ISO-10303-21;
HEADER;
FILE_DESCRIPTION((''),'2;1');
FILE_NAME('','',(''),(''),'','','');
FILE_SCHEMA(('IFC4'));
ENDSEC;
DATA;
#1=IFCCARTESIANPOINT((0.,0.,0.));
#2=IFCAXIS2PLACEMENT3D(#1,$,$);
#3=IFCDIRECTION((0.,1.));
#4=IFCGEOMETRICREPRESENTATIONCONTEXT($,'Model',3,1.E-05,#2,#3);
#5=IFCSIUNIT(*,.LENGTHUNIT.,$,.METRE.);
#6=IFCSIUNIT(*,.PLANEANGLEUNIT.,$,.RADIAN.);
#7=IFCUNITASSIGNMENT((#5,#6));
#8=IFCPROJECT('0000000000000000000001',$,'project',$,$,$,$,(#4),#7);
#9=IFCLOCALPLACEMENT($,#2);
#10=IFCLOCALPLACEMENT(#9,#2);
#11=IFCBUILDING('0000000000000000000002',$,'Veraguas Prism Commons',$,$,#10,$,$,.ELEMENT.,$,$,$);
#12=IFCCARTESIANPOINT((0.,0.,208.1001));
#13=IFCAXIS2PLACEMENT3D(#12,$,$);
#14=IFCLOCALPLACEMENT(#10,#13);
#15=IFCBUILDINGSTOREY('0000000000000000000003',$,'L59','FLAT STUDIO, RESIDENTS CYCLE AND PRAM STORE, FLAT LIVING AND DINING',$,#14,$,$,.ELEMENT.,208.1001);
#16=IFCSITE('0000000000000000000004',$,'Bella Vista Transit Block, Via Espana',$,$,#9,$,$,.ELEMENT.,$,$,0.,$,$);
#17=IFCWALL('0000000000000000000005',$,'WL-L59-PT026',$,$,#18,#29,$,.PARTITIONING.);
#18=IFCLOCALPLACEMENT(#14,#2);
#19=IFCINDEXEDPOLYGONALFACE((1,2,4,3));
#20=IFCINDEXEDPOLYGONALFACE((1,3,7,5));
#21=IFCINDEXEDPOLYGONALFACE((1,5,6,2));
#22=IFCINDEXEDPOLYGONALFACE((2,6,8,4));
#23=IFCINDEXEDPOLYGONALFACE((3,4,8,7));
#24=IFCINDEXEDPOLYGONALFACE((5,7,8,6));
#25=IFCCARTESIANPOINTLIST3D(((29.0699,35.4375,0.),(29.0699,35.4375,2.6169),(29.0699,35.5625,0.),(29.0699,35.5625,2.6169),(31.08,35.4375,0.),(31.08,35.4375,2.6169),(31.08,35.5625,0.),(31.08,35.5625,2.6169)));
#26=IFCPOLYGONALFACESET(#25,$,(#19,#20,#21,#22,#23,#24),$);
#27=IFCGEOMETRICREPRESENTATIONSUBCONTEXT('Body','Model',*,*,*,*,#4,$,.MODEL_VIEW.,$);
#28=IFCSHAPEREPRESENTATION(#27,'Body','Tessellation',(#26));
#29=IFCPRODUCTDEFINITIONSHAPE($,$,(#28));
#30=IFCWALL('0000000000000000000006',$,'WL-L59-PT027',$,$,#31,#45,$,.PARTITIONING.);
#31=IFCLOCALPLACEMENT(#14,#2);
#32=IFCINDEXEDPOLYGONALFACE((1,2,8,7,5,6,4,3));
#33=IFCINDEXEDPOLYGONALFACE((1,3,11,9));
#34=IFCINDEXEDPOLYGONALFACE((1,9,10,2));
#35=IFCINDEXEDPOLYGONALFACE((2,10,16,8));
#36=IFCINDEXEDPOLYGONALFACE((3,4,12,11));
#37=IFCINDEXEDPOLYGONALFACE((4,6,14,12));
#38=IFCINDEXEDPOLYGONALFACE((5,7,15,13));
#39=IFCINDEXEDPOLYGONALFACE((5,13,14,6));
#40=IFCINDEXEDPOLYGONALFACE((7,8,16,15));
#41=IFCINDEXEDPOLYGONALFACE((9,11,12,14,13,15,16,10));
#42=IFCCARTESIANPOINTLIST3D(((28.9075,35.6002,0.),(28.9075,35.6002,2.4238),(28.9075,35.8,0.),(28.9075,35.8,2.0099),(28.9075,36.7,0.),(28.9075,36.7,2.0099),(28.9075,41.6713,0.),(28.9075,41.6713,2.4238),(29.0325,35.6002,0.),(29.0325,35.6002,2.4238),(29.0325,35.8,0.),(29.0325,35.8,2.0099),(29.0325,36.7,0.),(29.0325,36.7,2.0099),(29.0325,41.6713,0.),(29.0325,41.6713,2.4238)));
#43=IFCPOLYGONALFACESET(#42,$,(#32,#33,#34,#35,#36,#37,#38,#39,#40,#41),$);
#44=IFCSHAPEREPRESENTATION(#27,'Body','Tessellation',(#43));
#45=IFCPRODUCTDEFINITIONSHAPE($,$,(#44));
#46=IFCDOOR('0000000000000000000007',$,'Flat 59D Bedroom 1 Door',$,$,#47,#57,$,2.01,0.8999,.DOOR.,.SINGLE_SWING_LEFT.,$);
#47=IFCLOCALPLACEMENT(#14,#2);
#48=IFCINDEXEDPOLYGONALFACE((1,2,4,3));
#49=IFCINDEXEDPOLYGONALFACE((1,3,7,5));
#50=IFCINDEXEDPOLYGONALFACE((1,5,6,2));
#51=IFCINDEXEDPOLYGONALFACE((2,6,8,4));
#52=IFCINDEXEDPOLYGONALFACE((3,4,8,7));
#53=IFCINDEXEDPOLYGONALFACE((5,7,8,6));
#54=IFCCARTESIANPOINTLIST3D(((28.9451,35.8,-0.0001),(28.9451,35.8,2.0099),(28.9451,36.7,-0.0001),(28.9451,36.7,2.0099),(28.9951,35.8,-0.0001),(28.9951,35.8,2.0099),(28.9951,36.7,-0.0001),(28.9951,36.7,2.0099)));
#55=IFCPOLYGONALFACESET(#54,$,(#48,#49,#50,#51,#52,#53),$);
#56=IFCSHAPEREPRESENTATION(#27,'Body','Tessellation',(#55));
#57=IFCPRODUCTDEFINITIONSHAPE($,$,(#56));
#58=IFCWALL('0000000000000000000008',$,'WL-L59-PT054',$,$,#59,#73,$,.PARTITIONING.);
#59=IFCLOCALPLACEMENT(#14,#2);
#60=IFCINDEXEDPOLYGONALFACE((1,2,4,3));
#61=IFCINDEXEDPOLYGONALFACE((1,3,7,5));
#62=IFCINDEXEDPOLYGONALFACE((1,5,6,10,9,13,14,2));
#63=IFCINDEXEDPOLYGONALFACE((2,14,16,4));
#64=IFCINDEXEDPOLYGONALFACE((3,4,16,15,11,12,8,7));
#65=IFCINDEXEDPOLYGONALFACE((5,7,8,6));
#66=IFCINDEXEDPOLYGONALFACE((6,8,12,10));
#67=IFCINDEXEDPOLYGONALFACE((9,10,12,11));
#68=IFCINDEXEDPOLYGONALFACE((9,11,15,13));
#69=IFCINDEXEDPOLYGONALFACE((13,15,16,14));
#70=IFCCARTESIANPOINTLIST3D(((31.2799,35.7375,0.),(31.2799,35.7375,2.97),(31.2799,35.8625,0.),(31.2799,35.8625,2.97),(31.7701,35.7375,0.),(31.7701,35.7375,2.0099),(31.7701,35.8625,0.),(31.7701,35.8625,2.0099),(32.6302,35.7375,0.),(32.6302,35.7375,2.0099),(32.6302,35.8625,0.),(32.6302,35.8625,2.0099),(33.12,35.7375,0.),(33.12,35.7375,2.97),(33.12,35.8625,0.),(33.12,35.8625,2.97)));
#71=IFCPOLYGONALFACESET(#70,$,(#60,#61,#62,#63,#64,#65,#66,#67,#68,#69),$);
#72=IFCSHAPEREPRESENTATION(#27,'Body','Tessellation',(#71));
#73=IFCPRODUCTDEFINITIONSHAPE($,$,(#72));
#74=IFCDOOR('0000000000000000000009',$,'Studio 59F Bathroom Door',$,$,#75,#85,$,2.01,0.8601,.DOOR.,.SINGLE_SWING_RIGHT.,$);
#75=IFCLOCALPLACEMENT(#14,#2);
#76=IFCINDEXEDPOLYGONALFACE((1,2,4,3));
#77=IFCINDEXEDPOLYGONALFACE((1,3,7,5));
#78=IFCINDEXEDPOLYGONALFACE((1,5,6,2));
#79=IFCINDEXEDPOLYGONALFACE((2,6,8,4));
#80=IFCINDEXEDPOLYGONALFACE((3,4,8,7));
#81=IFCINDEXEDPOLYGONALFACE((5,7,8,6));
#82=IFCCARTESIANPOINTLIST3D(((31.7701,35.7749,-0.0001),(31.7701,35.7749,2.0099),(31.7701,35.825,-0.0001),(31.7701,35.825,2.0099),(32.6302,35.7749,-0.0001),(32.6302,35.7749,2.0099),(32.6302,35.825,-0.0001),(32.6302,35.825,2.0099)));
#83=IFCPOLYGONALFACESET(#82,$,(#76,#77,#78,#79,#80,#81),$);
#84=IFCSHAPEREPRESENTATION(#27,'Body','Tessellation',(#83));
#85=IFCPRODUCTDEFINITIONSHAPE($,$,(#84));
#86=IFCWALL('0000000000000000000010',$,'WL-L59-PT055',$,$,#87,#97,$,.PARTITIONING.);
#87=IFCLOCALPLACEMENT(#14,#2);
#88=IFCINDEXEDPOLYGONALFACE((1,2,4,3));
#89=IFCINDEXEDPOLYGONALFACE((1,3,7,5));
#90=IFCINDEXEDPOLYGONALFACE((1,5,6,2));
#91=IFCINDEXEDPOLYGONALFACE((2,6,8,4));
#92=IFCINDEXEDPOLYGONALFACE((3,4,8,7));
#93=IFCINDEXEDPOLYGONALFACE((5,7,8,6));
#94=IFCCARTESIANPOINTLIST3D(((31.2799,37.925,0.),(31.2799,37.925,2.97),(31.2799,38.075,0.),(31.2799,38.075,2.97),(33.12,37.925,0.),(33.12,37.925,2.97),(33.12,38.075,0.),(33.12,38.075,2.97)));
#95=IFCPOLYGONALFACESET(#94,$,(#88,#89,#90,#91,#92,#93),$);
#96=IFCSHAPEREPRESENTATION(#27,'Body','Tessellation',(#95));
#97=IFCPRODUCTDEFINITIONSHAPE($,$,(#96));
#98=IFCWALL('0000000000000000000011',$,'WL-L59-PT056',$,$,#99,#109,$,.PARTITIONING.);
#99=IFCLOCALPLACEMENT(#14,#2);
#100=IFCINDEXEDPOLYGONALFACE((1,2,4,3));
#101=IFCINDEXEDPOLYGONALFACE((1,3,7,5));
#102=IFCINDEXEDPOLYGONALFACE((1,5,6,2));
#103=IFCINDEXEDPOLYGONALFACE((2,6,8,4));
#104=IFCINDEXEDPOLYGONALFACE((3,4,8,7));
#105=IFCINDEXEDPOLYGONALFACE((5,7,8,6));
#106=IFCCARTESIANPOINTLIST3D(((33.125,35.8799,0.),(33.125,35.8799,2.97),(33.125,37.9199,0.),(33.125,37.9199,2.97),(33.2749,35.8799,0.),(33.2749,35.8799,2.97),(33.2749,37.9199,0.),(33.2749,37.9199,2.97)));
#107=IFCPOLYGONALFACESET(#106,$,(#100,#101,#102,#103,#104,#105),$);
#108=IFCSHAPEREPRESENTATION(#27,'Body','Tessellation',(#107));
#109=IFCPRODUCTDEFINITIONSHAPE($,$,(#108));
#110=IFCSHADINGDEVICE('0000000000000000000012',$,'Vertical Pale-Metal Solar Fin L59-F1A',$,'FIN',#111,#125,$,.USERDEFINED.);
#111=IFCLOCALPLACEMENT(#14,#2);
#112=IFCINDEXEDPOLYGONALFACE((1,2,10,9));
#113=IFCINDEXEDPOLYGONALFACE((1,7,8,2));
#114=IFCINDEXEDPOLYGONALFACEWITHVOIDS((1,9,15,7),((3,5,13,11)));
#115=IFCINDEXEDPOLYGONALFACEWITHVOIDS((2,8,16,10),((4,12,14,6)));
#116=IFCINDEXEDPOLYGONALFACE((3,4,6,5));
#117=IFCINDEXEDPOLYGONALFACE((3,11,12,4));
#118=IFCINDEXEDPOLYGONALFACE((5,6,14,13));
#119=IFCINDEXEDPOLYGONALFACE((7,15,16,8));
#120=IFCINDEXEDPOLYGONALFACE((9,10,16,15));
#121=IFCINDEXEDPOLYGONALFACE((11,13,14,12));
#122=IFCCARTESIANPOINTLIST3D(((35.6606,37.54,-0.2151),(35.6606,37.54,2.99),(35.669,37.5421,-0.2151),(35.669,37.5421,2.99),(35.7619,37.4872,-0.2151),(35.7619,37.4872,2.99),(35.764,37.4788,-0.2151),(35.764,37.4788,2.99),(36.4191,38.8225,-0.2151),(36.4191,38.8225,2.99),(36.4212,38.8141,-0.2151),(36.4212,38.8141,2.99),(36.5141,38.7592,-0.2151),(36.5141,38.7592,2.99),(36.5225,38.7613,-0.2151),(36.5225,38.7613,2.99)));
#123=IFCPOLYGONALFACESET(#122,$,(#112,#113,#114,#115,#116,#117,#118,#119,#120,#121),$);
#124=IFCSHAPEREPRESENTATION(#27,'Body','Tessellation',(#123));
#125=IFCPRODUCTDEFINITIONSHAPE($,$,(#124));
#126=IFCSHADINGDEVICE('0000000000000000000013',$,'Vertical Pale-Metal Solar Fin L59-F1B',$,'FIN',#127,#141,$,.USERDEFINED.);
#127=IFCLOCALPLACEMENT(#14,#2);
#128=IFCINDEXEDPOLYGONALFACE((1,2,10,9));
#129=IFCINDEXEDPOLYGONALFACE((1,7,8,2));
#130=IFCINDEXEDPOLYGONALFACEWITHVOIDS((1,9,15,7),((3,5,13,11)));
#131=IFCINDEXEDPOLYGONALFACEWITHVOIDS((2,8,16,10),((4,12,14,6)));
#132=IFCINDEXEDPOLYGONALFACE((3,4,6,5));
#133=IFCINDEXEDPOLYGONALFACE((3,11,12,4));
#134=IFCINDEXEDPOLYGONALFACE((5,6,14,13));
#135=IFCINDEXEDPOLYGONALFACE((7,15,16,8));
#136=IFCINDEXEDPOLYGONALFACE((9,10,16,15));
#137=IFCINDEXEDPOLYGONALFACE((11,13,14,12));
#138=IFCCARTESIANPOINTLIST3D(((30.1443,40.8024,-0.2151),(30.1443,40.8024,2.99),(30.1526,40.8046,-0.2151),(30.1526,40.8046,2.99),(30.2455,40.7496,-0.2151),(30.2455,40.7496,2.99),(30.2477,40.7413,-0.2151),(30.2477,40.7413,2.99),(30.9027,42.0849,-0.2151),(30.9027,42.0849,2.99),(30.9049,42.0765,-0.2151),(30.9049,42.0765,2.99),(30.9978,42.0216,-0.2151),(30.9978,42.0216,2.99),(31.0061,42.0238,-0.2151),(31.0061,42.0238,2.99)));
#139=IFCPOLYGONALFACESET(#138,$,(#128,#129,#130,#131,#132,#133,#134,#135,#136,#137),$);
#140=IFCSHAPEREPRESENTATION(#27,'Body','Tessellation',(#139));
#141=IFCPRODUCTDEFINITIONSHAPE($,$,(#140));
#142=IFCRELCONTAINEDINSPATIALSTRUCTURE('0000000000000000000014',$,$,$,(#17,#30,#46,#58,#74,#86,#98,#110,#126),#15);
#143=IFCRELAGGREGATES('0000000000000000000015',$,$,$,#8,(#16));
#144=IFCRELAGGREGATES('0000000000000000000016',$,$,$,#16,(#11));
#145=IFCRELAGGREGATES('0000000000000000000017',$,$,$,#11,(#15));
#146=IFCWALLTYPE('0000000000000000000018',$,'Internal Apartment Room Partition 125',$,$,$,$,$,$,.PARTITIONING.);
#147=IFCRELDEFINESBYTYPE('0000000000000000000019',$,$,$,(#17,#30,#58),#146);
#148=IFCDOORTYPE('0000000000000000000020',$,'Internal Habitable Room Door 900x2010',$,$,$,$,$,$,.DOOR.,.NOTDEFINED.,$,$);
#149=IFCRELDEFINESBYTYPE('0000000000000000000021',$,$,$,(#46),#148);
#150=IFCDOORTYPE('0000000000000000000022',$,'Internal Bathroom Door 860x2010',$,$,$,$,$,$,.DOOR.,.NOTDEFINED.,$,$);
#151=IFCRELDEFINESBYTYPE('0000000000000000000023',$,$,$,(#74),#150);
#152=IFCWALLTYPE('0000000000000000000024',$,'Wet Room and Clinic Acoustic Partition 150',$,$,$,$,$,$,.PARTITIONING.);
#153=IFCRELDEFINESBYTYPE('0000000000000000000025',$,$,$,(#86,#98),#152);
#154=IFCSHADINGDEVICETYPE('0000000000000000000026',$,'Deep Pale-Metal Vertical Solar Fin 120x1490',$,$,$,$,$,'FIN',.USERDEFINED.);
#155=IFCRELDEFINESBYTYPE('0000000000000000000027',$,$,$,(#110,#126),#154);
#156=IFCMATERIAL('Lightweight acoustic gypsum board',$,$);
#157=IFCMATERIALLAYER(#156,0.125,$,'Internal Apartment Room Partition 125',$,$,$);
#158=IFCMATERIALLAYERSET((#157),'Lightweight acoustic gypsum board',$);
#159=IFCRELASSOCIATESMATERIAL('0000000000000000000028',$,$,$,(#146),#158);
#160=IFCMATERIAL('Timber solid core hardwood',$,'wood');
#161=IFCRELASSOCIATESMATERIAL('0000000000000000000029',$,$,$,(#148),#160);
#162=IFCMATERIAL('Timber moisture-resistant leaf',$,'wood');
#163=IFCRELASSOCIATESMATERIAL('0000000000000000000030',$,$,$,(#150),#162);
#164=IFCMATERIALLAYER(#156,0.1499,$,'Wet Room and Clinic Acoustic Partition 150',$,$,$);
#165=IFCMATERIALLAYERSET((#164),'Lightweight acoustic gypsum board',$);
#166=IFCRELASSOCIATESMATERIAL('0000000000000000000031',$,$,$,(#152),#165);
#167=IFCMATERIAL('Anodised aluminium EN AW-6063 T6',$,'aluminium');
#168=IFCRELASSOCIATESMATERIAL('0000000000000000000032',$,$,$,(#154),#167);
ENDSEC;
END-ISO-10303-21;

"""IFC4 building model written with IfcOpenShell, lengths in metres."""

from ifc_helpers import new_model, si_unit, direction, frame, frame_2d, origin, origin_2d, place, context, subcontext, project, spatial, rectangle, hollow_rectangle, extrude, source, transform, mapped, material, layer, layer_set, material_profile, profile_set, type_object, element, fill, save


model = new_model("IFC4")

# Units and contexts
model_context = context("Model", 3, precision=1e-05, world=origin(), true_north=direction((0.0, 1.0)))
body_context = subcontext(model_context, "Body", "Model", "MODEL_VIEW")
ifc_project = project(units=[si_unit("LENGTHUNIT", "METRE"), si_unit("PLANEANGLEUNIT", "RADIAN")], contexts=[model_context])

# Site, building, storey
site_placement = place(None, origin())
site = spatial("IfcSite", under=ifc_project, at=site_placement, Name="Bella Vista Transit Block, Via Espana", CompositionType="ELEMENT", RefElevation=0.0)
building_placement = place(site_placement, origin())
building = spatial("IfcBuilding", under=site, at=building_placement, Name="Veraguas Prism Commons", CompositionType="ELEMENT")
storey_placement = place(building_placement, frame((0.0, 0.0, 208.1001)))
storey = spatial("IfcBuildingStorey", under=building, at=storey_placement, Name="L59", Description="FLAT STUDIO, RESIDENTS CYCLE AND PRAM STORE, FLAT LIVING AND DINING", CompositionType="ELEMENT", Elevation=208.1001)

# Shared definitions
ifc_material_1 = material(Name="Anodised aluminium EN AW-6063 T6", Category="aluminium")

# Wall
ifc_material_2 = material(Name="Lightweight acoustic gypsum board")
ifc_layer_1 = layer(ifc_material_2, 0.125, Name="Internal Apartment Room Partition 125")
ifc_layer_set_1 = layer_set([ifc_layer_1], Name="Lightweight acoustic gypsum board")
wall_type_1 = type_object("IfcWallType", Name="Internal Apartment Room Partition 125", PredefinedType="PARTITIONING", material=ifc_layer_set_1)
wall_1_placement = place(storey_placement, frame((29.0701, 35.5, 0.0), z_axis=(0.0, 0.0, 1.0), x_axis=(1.0, 0.0, 0.0)))
element("IfcWall", 1, at=wall_1_placement, inside=storey, type_object=wall_type_1, Name="WL-L59-PT026", PredefinedType="PARTITIONING", context=body_context, shape_type="SweptSolid", body=[
    extrude(rectangle(XDim=2.01, YDim=0.125, at=frame_2d((1.0049, 0.0))), origin(), (0.0, 0.0, 1.0), 2.6169),
])

# Walls, openings, doors
wall_2_placement = place(storey_placement, frame((28.97, 35.6001, 0.0), z_axis=(0.0, 0.0, 1.0), x_axis=(0.0, 1.0, 0.0)))
wall_2 = element("IfcWall", 2, at=wall_2_placement, inside=storey, type_object=wall_type_1, Name="WL-L59-PT027", PredefinedType="PARTITIONING", context=body_context, shape_type="SweptSolid", body=[
    extrude(rectangle(XDim=6.071, YDim=0.125, at=frame_2d((3.0356, 0.0))), origin(), (0.0, 0.0, 1.0), 2.4238),
])
opening_1_placement = place(wall_2_placement, frame((0.2, 0.0, 0.0)))
opening_1 = element("IfcOpeningElement", 3, at=opening_1_placement, cuts=wall_2, PredefinedType="OPENING", context=body_context, shape_type="SweptSolid", body=[
    extrude(rectangle(XDim=0.8999, YDim=2.01, at=frame_2d((0.45, 1.0049))), frame((0.0, 0.0725, 0.0), z_axis=(0.0, -1.0, 0.0), x_axis=(1.0, 0.0, 0.0)), (0.0, 0.0, 1.0), 0.145),
])
ifc_material_3 = material(Name="Timber solid core hardwood", Category="wood")
door_type_1 = type_object("IfcDoorType", Name="Internal Habitable Room Door 900x2010", OperationType="NOTDEFINED", PredefinedType="DOOR", material=ifc_material_3)
shared_shape_1 = source(origin(), body_context, "Body", "SweptSolid", [
    extrude(rectangle(XDim=0.8999, YDim=2.01, at=frame_2d((0.45, 1.0049))), frame((0.0, 0.0249, 0.0), z_axis=(0.0, -1.0, 0.0), x_axis=(1.0, 0.0, 0.0)), (0.0, 0.0, 1.0), 0.05),
])
door_1_placement = place(opening_1_placement, origin())
door_1 = element("IfcDoor", 4, at=door_1_placement, inside=storey, type_object=door_type_1, Name="Flat 59D Bedroom 1 Door", OperationType="SINGLE_SWING_LEFT", OverallHeight=2.01, OverallWidth=0.8999, PredefinedType="DOOR", context=body_context, shape_type="MappedRepresentation", body=[
    mapped(shared_shape_1, transform((0.0, 0.0, 0.0), scale=1.0)),
])
fill(opening_1, door_1)
wall_3_placement = place(storey_placement, frame((31.28, 35.8, 0.0), z_axis=(0.0, 0.0, 1.0), x_axis=(1.0, 0.0, 0.0)))
wall_3 = element("IfcWall", 5, at=wall_3_placement, inside=storey, type_object=wall_type_1, Name="WL-L59-PT054", PredefinedType="PARTITIONING", context=body_context, shape_type="SweptSolid", body=[
    extrude(rectangle(XDim=1.8401, YDim=0.125, at=frame_2d((0.9199, 0.0))), origin(), (0.0, 0.0, 1.0), 2.97),
])
opening_2_placement = place(wall_3_placement, frame((0.49, 0.0, 0.0)))
opening_2 = element("IfcOpeningElement", 6, at=opening_2_placement, cuts=wall_3, PredefinedType="OPENING", context=body_context, shape_type="SweptSolid", body=[
    extrude(rectangle(XDim=0.8601, YDim=2.01, at=frame_2d((0.4302, 1.0049))), frame((0.0, 0.0725, 0.0), z_axis=(0.0, -1.0, 0.0), x_axis=(1.0, 0.0, 0.0)), (0.0, 0.0, 1.0), 0.145),
])
ifc_material_4 = material(Name="Timber moisture-resistant leaf", Category="wood")
door_type_2 = type_object("IfcDoorType", Name="Internal Bathroom Door 860x2010", OperationType="NOTDEFINED", PredefinedType="DOOR", material=ifc_material_4)
shared_shape_2 = source(origin(), body_context, "Body", "SweptSolid", [
    extrude(rectangle(XDim=0.8601, YDim=2.01, at=frame_2d((0.4302, 1.0049))), frame((0.0, 0.0249, 0.0), z_axis=(0.0, -1.0, 0.0), x_axis=(1.0, 0.0, 0.0)), (0.0, 0.0, 1.0), 0.05),
])
door_2_placement = place(opening_2_placement, origin())
door_2 = element("IfcDoor", 7, at=door_2_placement, inside=storey, type_object=door_type_2, Name="Studio 59F Bathroom Door", OperationType="SINGLE_SWING_RIGHT", OverallHeight=2.01, OverallWidth=0.8601, PredefinedType="DOOR", context=body_context, shape_type="MappedRepresentation", body=[
    mapped(shared_shape_2, transform((0.0, 0.0, 0.0), scale=1.0)),
])
fill(opening_2, door_2)

# Walls
ifc_layer_2 = layer(ifc_material_2, 0.1499, Name="Wet Room and Clinic Acoustic Partition 150")
ifc_layer_set_2 = layer_set([ifc_layer_2], Name="Lightweight acoustic gypsum board")
wall_type_2 = type_object("IfcWallType", Name="Wet Room and Clinic Acoustic Partition 150", PredefinedType="PARTITIONING", material=ifc_layer_set_2)
wall_4_placement = place(storey_placement, frame((31.28, 38.0, 0.0), z_axis=(0.0, 0.0, 1.0), x_axis=(1.0, 0.0, 0.0)))
element("IfcWall", 8, at=wall_4_placement, inside=storey, type_object=wall_type_2, Name="WL-L59-PT055", PredefinedType="PARTITIONING", context=body_context, shape_type="SweptSolid", body=[
    extrude(rectangle(XDim=1.8401, YDim=0.1499, at=frame_2d((0.9199, 0.0))), origin(), (0.0, 0.0, 1.0), 2.97),
])
wall_5_placement = place(storey_placement, frame((33.2, 35.8799, 0.0), z_axis=(0.0, 0.0, 1.0), x_axis=(0.0, 1.0, 0.0)))
element("IfcWall", 9, at=wall_5_placement, inside=storey, type_object=wall_type_2, Name="WL-L59-PT056", PredefinedType="PARTITIONING", context=body_context, shape_type="SweptSolid", body=[
    extrude(rectangle(XDim=2.04, YDim=0.1499, at=frame_2d((1.02, 0.0))), origin(), (0.0, 0.0, 1.0), 2.97),
])

# Shading devices
ifc_material_profile_1 = material_profile(ifc_material_1, hollow_rectangle(XDim=0.1201, YDim=1.49, WallThickness=0.0061, at=origin_2d()), Name="FIN120X1490X6")
ifc_profile_set_1 = profile_set([ifc_material_profile_1], Name="Anodised aluminium EN AW-6063 T6")
shading_device_type = type_object("IfcShadingDeviceType", Name="Deep Pale-Metal Vertical Solar Fin 120x1490", ElementType="FIN", PredefinedType="USERDEFINED", material=ifc_profile_set_1)
for number, where, z_axis, x_axis, name in (
    (10, (36.0916, 38.1506, -0.2151), (0.0, 0.0, 1.0), (-0.860742, 0.509041, 0.0), "Vertical Pale-Metal Solar Fin L59-F1A"),
    (11, (30.5752, 41.4131, -0.2151), (0.0, 0.0, 1.0), (-0.860742, 0.509041, 0.0), "Vertical Pale-Metal Solar Fin L59-F1B"),
):
    element("IfcShadingDevice", number, at=place(storey_placement, frame(where, z_axis=z_axis, x_axis=x_axis)), inside=storey, type_object=shading_device_type, Name=name, ObjectType="FIN", PredefinedType="USERDEFINED", context=body_context, shape_type="SweptSolid", body=[
        extrude(hollow_rectangle(XDim=0.1201, YDim=1.49, WallThickness=0.0061, at=origin_2d()), origin(), (0.0, 0.0, 1.0), 3.2051),
    ])

save(model, "model.ifc")
